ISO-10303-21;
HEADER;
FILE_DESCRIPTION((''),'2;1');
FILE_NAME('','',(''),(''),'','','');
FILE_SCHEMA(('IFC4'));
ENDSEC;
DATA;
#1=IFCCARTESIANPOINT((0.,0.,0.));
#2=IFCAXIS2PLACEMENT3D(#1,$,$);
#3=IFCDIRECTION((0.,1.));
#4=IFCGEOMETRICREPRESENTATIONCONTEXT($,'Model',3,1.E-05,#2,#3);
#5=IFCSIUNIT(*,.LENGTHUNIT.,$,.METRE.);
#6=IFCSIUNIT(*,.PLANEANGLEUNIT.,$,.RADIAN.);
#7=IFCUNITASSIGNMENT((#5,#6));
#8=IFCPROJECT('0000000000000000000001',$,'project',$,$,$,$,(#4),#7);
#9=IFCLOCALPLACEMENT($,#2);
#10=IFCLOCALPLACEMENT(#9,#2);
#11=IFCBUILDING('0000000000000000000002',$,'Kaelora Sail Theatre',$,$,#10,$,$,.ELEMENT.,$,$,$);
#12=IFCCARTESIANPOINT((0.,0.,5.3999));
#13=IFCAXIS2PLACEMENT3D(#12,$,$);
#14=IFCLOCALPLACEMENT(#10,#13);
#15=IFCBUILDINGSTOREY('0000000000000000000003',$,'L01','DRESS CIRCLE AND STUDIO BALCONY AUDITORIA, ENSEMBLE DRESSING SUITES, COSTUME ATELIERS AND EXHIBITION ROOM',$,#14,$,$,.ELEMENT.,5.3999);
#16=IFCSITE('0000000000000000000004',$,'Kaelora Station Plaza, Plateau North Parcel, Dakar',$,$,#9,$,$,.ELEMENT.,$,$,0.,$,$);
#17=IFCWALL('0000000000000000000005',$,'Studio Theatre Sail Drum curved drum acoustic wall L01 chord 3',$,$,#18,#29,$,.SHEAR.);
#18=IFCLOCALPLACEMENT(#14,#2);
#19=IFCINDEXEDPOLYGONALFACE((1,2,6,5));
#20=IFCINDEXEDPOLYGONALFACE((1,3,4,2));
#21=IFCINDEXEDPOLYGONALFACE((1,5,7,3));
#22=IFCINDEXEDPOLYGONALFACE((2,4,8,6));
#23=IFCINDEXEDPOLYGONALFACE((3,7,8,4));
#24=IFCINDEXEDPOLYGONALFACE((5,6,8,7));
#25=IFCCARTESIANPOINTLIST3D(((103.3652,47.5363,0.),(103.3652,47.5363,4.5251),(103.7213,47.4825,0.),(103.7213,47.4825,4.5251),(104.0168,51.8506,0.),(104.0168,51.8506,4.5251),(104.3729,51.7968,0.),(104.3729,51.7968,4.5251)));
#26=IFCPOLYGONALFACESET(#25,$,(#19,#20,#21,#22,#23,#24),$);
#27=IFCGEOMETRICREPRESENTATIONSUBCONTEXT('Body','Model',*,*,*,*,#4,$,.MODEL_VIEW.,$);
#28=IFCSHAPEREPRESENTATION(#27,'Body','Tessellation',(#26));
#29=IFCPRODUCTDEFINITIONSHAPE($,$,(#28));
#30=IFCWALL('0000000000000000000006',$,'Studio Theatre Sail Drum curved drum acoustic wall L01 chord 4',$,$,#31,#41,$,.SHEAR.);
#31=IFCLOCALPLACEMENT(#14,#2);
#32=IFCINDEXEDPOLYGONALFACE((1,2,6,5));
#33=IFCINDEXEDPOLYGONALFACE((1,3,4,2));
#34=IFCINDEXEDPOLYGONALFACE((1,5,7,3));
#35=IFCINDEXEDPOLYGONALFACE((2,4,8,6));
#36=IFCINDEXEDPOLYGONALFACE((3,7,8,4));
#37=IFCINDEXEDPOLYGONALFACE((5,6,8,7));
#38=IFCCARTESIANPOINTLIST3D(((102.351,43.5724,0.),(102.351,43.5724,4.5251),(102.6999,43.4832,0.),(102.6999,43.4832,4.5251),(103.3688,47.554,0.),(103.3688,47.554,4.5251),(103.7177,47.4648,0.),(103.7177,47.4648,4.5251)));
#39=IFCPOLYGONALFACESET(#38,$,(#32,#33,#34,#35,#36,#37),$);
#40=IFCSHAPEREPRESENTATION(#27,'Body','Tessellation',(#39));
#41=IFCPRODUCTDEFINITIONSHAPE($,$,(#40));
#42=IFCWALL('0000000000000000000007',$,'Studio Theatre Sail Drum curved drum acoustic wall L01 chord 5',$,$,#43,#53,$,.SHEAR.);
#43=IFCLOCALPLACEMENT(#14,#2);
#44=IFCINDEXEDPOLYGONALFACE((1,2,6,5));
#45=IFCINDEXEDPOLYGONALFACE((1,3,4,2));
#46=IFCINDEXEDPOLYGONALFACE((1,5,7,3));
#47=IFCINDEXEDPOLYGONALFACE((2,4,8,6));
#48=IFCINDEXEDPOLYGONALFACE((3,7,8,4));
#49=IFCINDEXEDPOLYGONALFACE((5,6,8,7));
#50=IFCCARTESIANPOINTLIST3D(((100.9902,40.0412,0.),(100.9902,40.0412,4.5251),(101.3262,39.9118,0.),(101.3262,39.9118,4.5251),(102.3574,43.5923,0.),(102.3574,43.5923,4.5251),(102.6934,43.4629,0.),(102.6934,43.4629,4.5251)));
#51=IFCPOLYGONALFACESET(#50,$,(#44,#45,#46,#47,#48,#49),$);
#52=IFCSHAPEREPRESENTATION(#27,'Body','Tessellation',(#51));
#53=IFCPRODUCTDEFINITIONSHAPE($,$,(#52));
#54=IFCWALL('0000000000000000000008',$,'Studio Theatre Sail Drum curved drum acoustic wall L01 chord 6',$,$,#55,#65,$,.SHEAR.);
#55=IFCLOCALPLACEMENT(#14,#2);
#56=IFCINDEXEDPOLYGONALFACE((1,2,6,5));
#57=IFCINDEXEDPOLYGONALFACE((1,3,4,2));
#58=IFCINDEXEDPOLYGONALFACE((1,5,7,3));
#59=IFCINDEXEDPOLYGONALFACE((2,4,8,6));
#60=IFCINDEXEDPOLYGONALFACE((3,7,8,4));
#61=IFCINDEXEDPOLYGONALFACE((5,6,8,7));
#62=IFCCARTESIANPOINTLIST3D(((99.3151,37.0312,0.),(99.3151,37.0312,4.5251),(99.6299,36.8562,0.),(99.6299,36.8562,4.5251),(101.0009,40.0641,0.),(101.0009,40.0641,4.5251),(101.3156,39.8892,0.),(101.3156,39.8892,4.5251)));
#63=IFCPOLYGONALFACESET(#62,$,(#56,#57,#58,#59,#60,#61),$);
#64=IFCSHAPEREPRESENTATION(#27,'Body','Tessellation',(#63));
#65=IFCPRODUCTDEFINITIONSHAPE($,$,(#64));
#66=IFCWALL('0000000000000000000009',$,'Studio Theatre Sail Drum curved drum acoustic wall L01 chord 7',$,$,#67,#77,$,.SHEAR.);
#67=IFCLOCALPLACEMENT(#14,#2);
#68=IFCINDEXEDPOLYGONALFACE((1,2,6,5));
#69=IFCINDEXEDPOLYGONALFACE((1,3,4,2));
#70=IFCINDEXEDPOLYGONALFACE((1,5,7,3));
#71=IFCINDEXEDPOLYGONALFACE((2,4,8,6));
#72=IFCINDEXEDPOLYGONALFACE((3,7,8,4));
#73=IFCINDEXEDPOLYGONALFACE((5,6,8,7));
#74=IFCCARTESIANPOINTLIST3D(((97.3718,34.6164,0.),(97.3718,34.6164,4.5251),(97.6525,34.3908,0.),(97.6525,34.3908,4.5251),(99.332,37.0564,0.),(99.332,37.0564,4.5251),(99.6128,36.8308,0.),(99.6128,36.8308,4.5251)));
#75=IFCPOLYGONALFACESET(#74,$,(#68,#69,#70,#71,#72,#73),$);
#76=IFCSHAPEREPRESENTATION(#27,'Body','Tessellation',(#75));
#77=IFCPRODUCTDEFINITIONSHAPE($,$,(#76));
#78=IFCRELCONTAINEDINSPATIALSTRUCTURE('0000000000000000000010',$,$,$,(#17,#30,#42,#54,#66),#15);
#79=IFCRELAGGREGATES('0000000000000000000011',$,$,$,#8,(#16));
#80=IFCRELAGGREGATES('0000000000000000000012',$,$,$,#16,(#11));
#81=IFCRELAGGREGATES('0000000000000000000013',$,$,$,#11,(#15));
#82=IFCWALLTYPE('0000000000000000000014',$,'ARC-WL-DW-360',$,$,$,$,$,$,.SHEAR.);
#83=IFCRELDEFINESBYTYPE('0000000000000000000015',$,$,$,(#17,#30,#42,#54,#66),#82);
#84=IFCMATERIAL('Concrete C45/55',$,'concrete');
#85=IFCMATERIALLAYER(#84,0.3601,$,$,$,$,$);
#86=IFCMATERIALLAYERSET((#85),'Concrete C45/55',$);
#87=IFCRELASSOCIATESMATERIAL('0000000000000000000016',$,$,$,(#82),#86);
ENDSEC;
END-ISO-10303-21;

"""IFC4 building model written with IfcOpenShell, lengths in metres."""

from ifc_helpers import new_model, si_unit, direction, frame, frame_2d, origin, place, context, subcontext, project, spatial, rectangle, extrude, material, layer, layer_set, type_object, element, save


model = new_model("IFC4")

# Units and contexts
model_context = context("Model", 3, precision=1e-05, world=origin(), true_north=direction((0.0, 1.0)))
body_context = subcontext(model_context, "Body", "Model", "MODEL_VIEW")
ifc_project = project(units=[si_unit("LENGTHUNIT", "METRE"), si_unit("PLANEANGLEUNIT", "RADIAN")], contexts=[model_context])

# Site, building, storey
site_placement = place(None, origin())
site = spatial("IfcSite", under=ifc_project, at=site_placement, Name="Kaelora Station Plaza, Plateau North Parcel, Dakar", CompositionType="ELEMENT", RefElevation=0.0)
building_placement = place(site_placement, origin())
building = spatial("IfcBuilding", under=site, at=building_placement, Name="Kaelora Sail Theatre", CompositionType="ELEMENT")
storey_placement = place(building_placement, frame((0.0, 0.0, 5.3999)))
storey = spatial("IfcBuildingStorey", under=building, at=storey_placement, Name="L01", Description="DRESS CIRCLE AND STUDIO BALCONY AUDITORIA, ENSEMBLE DRESSING SUITES, COSTUME ATELIERS AND EXHIBITION ROOM", CompositionType="ELEMENT", Elevation=5.3999)

# Walls
ifc_material_1 = material(Name="Concrete C45/55", Category="concrete")
ifc_layer = layer(ifc_material_1, 0.3601)
ifc_layer_set = layer_set([ifc_layer], Name="Concrete C45/55")
wall_type = type_object("IfcWallType", Name="ARC-WL-DW-360", PredefinedType="SHEAR", material=ifc_layer_set)
wall_1_placement = place(storey_placement, frame((104.1948, 51.8237, 0.0), z_axis=(0.0, 0.0, 1.0), x_axis=(-0.149336, -0.988786, 0.0)))
element("IfcWall", 1, at=wall_1_placement, inside=storey, type_object=wall_type, Name="Studio Theatre Sail Drum curved drum acoustic wall L01 chord 3", PredefinedType="SHEAR", context=body_context, shape_type="SweptSolid", body=[
    extrude(rectangle(XDim=4.3633, YDim=0.3601, at=frame_2d((2.1816, 0.0))), origin(), (0.0, 0.0, 1.0), 4.5251),
])
wall_2_placement = place(storey_placement, frame((103.5432, 47.5093, 0.0), z_axis=(0.0, 0.0, 1.0), x_axis=(-0.247662, -0.968846, 0.0)))
element("IfcWall", 2, at=wall_2_placement, inside=storey, type_object=wall_type, Name="Studio Theatre Sail Drum curved drum acoustic wall L01 chord 4", PredefinedType="SHEAR", context=body_context, shape_type="SweptSolid", body=[
    extrude(rectangle(XDim=4.1096, YDim=0.3601, at=frame_2d((2.0547, 0.0))), origin(), (0.0, 0.0, 1.0), 4.5251),
])
wall_3_placement = place(storey_placement, frame((102.5254, 43.5276, 0.0), z_axis=(0.0, 0.0, 1.0), x_axis=(-0.359302, -0.933222, 0.0)))
element("IfcWall", 3, at=wall_3_placement, inside=storey, type_object=wall_type, Name="Studio Theatre Sail Drum curved drum acoustic wall L01 chord 5", PredefinedType="SHEAR", context=body_context, shape_type="SweptSolid", body=[
    extrude(rectangle(XDim=3.8052, YDim=0.3601, at=frame_2d((1.9026, 0.0))), origin(), (0.0, 0.0, 1.0), 4.5251),
])
wall_4_placement = place(storey_placement, frame((101.1582, 39.9766, 0.0), z_axis=(0.0, 0.0, 1.0), x_axis=(-0.485822, -0.874058, 0.0)))
element("IfcWall", 4, at=wall_4_placement, inside=storey, type_object=wall_type, Name="Studio Theatre Sail Drum curved drum acoustic wall L01 chord 6", PredefinedType="SHEAR", context=body_context, shape_type="SweptSolid", body=[
    extrude(rectangle(XDim=3.47, YDim=0.3601, at=frame_2d((1.7349, 0.0))), origin(), (0.0, 0.0, 1.0), 4.5251),
])
wall_5_placement = place(storey_placement, frame((99.4724, 36.9436, 0.0), z_axis=(0.0, 0.0, 1.0), x_axis=(-0.626301, -0.779581, 0.0)))
element("IfcWall", 5, at=wall_5_placement, inside=storey, type_object=wall_type, Name="Studio Theatre Sail Drum curved drum acoustic wall L01 chord 7", PredefinedType="SHEAR", context=body_context, shape_type="SweptSolid", body=[
    extrude(rectangle(XDim=3.1299, YDim=0.3601, at=frame_2d((1.5649, 0.0))), origin(), (0.0, 0.0, 1.0), 4.5251),
])

save(model, "model.ifc")
